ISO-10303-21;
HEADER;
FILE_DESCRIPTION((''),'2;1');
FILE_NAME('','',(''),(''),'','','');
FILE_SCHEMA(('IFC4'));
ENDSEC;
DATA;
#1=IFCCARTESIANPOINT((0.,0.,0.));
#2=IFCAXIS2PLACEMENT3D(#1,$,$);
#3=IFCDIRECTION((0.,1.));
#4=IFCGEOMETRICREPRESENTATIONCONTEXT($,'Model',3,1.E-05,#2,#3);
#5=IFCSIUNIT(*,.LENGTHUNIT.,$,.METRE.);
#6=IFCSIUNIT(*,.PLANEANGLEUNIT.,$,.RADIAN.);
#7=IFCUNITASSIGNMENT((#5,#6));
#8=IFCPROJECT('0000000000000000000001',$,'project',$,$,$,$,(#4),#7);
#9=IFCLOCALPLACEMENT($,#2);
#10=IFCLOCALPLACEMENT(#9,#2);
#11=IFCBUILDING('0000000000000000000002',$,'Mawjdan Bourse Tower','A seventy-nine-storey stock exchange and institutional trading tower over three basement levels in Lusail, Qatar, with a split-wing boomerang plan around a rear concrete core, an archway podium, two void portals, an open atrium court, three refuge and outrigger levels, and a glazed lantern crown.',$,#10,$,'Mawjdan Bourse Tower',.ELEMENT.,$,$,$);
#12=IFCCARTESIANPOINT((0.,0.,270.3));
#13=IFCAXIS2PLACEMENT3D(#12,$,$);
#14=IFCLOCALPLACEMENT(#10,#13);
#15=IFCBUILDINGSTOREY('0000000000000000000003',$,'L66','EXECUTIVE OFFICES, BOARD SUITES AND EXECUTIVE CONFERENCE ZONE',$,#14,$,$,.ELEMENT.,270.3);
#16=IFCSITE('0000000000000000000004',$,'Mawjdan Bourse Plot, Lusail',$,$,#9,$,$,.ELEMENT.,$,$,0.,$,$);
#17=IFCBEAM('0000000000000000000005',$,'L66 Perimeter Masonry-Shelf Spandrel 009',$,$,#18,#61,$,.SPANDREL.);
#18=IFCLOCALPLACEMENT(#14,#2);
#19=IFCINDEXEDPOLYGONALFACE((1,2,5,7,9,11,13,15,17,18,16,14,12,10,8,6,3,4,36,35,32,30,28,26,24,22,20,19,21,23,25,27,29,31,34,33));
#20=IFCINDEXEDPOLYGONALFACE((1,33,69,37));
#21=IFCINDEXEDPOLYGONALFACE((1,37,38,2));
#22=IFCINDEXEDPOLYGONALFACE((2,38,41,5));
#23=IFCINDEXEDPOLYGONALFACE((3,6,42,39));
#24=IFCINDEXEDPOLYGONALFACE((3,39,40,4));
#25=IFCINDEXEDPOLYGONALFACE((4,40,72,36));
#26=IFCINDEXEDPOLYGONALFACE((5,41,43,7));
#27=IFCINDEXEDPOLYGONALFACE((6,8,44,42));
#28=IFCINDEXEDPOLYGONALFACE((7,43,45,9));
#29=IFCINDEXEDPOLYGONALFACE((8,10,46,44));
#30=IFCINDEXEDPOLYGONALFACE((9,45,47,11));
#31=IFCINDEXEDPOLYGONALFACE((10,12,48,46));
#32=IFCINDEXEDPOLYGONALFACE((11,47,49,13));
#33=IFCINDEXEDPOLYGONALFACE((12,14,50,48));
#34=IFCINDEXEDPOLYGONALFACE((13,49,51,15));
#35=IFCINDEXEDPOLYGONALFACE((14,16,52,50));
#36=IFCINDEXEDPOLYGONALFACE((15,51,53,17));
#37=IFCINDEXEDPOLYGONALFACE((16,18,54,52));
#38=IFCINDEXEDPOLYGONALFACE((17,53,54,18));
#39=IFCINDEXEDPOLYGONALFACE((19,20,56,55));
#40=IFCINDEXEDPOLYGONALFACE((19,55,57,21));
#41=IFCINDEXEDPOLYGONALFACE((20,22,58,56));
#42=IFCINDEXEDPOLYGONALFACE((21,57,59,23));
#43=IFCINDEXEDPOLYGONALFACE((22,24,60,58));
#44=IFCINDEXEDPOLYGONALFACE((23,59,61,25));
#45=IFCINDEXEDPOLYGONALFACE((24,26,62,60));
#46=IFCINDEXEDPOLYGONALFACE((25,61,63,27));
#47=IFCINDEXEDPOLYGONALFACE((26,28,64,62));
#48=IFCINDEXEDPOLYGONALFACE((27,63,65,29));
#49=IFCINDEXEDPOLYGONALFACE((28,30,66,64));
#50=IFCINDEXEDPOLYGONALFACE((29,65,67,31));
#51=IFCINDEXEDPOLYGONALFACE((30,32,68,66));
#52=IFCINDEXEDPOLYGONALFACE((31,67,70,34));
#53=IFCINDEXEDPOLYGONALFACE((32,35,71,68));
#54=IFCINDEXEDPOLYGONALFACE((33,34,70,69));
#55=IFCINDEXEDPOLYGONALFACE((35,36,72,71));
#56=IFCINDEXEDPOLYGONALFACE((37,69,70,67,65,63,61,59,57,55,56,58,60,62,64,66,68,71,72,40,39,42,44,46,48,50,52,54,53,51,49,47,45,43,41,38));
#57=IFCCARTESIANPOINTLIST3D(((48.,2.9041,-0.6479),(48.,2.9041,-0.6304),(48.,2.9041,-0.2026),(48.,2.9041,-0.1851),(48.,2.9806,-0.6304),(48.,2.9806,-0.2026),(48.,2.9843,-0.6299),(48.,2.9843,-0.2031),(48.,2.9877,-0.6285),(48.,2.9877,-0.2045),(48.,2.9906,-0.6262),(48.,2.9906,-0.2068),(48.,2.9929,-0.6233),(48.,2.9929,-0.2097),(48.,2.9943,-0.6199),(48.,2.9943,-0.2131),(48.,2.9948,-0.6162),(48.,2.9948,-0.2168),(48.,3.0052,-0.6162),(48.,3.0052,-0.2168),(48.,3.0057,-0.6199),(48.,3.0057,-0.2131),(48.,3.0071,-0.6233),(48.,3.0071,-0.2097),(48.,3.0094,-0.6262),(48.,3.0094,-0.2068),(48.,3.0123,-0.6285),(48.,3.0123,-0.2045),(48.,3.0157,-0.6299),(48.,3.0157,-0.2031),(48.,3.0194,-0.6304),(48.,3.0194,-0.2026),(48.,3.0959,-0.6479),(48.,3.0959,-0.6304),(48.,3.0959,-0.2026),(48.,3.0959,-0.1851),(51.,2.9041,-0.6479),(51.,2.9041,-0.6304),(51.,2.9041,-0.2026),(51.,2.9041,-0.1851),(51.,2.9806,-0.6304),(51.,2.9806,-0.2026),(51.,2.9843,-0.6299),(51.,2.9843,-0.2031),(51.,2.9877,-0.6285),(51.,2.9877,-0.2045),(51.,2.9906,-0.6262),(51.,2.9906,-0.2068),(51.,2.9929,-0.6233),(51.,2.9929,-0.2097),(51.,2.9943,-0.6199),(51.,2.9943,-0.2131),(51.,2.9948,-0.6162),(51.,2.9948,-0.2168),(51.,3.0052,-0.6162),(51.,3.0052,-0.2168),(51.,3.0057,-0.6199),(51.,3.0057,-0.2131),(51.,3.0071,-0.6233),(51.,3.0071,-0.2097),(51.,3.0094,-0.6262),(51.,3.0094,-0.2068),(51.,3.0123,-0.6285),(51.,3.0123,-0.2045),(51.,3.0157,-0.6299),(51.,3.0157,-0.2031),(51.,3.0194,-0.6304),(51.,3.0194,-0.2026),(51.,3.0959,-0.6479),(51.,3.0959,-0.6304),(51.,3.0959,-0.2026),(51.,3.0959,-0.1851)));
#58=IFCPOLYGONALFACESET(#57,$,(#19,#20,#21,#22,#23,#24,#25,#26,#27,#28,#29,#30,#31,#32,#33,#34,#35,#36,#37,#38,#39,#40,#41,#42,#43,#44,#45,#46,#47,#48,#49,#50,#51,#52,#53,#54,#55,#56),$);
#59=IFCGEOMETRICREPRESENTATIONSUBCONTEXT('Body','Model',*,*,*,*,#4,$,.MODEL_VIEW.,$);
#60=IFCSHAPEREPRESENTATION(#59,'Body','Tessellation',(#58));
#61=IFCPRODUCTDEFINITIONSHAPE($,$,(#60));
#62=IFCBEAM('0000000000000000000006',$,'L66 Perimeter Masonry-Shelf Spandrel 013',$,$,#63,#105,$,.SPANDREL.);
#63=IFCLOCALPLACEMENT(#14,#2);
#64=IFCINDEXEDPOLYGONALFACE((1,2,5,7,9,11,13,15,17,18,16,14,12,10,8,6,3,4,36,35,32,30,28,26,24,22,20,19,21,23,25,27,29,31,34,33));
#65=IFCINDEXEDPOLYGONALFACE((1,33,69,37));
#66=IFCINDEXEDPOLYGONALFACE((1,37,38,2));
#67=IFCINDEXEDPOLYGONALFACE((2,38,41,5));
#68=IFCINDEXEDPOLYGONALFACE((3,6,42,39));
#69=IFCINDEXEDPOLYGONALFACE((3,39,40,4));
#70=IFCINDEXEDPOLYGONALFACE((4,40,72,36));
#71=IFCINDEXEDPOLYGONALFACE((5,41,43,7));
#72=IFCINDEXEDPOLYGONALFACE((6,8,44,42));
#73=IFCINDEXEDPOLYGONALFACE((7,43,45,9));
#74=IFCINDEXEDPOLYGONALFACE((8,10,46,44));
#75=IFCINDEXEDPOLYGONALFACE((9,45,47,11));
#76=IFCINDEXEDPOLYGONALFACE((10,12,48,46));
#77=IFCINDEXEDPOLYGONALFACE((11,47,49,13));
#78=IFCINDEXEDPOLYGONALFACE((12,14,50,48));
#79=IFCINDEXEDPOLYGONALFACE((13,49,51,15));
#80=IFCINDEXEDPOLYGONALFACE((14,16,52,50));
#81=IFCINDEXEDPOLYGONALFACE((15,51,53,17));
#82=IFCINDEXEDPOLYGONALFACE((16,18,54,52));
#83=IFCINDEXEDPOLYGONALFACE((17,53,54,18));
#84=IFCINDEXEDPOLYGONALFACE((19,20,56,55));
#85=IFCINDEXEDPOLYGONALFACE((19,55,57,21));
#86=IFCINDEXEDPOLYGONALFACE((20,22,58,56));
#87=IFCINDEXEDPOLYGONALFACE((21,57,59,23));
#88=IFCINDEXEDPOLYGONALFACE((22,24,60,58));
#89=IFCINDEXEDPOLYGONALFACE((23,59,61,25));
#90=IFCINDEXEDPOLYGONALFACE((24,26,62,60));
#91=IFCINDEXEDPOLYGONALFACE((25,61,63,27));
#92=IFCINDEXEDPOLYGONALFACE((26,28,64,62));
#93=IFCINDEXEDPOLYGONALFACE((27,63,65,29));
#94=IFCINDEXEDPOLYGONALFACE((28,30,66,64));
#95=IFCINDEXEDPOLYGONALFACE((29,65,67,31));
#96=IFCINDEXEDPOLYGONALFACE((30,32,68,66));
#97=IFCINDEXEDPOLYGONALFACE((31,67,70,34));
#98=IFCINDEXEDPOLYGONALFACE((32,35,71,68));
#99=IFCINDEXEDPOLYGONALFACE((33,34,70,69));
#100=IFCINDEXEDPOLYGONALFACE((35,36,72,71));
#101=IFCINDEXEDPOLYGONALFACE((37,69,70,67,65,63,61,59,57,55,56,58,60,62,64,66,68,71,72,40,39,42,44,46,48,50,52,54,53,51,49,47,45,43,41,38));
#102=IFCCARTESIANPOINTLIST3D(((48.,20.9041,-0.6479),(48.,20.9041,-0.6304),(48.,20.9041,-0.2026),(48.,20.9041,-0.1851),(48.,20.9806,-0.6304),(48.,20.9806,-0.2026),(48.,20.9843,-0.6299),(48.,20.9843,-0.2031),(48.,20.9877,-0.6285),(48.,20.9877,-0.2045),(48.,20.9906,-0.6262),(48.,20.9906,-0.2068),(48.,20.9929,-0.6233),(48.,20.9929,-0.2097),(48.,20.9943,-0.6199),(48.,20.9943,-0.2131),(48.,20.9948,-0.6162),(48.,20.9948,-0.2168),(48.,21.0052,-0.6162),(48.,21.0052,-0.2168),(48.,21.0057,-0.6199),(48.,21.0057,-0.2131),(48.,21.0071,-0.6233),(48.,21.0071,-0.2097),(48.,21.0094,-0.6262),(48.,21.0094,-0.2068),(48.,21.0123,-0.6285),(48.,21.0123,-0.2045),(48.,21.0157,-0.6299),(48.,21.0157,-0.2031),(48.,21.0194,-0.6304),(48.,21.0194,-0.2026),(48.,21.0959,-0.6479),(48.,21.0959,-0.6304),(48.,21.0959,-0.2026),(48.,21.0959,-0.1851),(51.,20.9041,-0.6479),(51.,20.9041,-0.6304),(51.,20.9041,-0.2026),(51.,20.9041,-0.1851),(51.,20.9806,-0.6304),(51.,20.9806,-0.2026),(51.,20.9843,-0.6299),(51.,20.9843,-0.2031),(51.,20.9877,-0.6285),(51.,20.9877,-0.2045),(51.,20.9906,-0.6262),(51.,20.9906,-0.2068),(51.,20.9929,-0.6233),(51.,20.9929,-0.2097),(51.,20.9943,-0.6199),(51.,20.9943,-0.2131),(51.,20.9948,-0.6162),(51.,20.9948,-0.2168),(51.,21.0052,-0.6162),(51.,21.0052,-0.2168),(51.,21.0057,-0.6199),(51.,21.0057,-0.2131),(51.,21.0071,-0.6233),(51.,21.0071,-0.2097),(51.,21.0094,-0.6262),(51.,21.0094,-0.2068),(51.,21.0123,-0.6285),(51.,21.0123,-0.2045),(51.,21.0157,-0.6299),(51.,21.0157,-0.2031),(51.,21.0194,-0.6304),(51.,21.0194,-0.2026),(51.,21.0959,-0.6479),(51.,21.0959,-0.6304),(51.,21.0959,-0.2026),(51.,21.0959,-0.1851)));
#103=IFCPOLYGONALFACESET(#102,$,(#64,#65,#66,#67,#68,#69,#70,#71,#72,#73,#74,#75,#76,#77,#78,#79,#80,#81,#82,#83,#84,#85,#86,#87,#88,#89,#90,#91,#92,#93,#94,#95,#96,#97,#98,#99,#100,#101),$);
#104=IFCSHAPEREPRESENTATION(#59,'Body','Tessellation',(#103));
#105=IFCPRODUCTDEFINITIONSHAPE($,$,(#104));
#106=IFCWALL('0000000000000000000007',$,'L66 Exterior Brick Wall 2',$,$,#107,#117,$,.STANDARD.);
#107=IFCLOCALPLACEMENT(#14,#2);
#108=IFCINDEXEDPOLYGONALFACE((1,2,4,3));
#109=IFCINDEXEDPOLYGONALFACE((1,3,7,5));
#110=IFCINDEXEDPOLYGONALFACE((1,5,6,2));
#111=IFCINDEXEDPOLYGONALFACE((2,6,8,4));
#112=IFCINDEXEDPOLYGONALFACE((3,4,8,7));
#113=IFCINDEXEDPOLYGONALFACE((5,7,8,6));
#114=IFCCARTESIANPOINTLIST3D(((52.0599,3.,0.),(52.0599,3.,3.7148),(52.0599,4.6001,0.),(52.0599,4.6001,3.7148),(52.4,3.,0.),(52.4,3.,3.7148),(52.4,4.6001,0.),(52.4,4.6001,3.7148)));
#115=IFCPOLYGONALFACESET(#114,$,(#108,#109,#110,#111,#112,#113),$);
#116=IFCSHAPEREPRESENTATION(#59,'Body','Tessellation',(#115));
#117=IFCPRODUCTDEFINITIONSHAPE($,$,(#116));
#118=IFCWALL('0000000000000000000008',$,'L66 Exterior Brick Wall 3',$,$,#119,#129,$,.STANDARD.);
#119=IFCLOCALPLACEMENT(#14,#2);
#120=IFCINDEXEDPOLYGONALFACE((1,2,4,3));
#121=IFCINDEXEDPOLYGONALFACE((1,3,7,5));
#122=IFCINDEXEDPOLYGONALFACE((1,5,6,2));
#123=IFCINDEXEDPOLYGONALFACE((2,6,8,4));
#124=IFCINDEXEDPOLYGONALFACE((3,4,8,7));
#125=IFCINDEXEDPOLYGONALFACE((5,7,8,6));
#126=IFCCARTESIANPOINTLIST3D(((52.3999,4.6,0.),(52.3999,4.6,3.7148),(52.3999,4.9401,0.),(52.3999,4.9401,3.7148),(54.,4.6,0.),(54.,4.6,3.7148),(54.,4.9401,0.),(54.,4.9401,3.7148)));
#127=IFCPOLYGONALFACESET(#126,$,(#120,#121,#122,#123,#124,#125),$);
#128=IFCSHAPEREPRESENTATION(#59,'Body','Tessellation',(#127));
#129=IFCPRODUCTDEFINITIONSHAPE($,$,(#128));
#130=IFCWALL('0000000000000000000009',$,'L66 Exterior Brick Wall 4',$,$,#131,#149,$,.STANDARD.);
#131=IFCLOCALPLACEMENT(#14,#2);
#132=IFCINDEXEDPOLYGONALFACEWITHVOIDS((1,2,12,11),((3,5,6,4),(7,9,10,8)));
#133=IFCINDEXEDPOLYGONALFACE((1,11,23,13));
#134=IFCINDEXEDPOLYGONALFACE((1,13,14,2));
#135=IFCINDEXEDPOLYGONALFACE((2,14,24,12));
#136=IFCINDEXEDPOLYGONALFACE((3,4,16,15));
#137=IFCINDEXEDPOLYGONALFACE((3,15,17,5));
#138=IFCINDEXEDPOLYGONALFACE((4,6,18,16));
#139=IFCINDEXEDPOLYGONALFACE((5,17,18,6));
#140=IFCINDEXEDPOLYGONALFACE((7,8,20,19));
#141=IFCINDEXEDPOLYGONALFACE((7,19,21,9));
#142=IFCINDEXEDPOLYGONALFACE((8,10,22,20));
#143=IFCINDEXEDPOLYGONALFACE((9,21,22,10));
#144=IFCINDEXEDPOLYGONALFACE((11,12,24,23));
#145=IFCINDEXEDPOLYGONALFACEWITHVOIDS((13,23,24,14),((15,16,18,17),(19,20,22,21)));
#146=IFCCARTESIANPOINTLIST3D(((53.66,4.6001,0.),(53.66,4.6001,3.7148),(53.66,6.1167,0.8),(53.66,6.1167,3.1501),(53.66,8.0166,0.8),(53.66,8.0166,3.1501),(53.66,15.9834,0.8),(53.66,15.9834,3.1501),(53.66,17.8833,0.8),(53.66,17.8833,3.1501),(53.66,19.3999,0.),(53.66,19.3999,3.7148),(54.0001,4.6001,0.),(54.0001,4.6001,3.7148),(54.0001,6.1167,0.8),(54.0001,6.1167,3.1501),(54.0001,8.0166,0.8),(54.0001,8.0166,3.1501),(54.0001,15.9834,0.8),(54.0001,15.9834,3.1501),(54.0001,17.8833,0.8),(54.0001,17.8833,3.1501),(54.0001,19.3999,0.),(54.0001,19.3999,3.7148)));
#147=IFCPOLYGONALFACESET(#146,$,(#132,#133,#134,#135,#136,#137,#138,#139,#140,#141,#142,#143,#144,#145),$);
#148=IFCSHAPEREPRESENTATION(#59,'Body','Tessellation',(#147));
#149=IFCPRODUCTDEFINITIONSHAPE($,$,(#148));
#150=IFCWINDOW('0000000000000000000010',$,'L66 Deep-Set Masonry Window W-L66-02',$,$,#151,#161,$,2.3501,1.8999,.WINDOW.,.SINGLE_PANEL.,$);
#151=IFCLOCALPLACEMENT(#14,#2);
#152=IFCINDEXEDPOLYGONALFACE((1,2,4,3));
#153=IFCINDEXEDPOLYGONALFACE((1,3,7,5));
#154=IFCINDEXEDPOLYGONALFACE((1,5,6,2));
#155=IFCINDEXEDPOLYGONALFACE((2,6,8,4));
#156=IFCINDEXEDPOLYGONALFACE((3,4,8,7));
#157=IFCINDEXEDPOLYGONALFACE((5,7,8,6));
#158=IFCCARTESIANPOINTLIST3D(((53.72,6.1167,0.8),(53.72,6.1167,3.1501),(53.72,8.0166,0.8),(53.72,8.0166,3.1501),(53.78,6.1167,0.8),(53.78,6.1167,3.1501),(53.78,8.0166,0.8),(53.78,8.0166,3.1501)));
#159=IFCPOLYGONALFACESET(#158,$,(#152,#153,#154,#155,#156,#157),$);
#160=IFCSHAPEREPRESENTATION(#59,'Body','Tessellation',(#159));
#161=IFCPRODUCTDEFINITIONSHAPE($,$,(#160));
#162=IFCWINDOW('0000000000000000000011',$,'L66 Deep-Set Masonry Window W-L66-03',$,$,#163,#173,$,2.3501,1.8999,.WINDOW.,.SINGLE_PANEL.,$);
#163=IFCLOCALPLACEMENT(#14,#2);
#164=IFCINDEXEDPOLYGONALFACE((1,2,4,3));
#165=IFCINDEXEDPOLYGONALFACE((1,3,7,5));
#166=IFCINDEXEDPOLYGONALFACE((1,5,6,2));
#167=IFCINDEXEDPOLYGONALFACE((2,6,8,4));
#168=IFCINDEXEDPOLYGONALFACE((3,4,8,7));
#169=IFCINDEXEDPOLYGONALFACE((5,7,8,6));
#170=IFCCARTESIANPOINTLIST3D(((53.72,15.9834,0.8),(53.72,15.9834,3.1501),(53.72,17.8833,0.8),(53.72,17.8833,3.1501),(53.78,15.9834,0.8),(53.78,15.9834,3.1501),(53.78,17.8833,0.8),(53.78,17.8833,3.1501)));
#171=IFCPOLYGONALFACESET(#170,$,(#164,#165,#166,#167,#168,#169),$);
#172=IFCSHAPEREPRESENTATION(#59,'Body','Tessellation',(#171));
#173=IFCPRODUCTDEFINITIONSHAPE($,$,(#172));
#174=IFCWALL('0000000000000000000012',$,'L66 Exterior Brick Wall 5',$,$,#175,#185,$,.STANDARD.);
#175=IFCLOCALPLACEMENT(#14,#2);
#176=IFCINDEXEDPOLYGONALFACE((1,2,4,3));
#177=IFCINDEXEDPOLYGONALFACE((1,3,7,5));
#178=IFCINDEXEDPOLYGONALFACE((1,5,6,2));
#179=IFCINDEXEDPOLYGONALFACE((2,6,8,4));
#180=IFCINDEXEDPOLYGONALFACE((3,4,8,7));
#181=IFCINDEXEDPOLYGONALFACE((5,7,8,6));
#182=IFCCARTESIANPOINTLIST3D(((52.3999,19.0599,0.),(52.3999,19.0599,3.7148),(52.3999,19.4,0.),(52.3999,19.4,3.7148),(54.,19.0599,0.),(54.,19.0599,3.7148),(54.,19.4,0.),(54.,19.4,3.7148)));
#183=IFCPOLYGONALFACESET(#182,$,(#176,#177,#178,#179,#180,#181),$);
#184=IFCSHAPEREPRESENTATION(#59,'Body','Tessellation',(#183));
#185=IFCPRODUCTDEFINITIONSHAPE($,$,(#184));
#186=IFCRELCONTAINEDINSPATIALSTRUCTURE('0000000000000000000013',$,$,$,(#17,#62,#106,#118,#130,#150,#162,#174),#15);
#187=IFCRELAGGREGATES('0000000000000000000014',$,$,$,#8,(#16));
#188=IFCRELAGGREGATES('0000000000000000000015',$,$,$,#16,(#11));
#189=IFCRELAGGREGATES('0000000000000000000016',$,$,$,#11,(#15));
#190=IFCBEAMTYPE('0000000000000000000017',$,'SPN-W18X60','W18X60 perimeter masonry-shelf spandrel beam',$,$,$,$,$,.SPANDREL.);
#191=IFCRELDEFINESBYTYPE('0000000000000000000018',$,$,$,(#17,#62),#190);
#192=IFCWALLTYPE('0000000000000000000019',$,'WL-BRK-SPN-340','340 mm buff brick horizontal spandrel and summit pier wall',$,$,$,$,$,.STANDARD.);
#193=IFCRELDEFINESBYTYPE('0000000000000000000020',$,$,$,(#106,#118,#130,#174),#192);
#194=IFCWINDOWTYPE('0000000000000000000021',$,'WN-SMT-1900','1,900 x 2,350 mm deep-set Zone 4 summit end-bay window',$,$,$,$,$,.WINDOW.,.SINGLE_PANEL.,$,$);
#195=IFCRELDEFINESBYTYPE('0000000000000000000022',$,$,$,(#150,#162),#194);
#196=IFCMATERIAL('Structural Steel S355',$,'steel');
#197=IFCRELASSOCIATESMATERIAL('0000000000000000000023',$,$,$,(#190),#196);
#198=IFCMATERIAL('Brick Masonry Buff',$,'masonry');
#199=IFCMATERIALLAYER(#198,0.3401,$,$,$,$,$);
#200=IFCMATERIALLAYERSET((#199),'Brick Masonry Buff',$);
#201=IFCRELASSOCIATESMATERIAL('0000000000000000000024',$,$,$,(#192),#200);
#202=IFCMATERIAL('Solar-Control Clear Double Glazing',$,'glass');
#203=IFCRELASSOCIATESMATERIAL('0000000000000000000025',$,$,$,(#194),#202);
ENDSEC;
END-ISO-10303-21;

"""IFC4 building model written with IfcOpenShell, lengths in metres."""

from ifc_helpers import new_model, si_unit, direction, frame, frame_2d, origin, origin_2d, place, context, subcontext, project, spatial, rectangle, i_section, extrude, material, layer, layer_set, material_profile, profile_set, type_object, element, fill, save


model = new_model("IFC4")

# Units and contexts
model_context = context("Model", 3, precision=1e-05, world=origin(), true_north=direction((0.0, 1.0)))
body_context = subcontext(model_context, "Body", "Model", "MODEL_VIEW")
ifc_project = project(units=[si_unit("LENGTHUNIT", "METRE"), si_unit("PLANEANGLEUNIT", "RADIAN")], contexts=[model_context])

# Site, building, storey
site_placement = place(None, origin())
site = spatial("IfcSite", under=ifc_project, at=site_placement, Name="Mawjdan Bourse Plot, Lusail", CompositionType="ELEMENT", RefElevation=0.0)
building_placement = place(site_placement, origin())
building = spatial("IfcBuilding", under=site, at=building_placement, Name="Mawjdan Bourse Tower", Description="A seventy-nine-storey stock exchange and institutional trading tower over three basement levels in Lusail, Qatar, with a split-wing boomerang plan around a rear concrete core, an archway podium, two void portals, an open atrium court, three refuge and outrigger levels, and a glazed lantern crown.", LongName="Mawjdan Bourse Tower", CompositionType="ELEMENT")
storey_placement = place(building_placement, frame((0.0, 0.0, 270.3)))
storey = spatial("IfcBuildingStorey", under=building, at=storey_placement, Name="L66", Description="EXECUTIVE OFFICES, BOARD SUITES AND EXECUTIVE CONFERENCE ZONE", CompositionType="ELEMENT", Elevation=270.3)

# Beams
ifc_material_1 = material(Name="Structural Steel S355", Category="steel")
ifc_material_profile_1 = material_profile(ifc_material_1, i_section(OverallWidth=0.1919, OverallDepth=0.4629, WebThickness=0.0105, FlangeThickness=0.0176, FilletRadius=0.0142, at=origin_2d()), Name="W18X60")
ifc_profile_set_1 = profile_set([ifc_material_profile_1], Name="Structural Steel S355")
beam_type_1 = type_object("IfcBeamType", Name="SPN-W18X60", Description="W18X60 perimeter masonry-shelf spandrel beam", PredefinedType="SPANDREL", material=ifc_profile_set_1)
for number, where, z_axis, x_axis, name in (
    (1, (48.0, 3.0, -0.4165), (1.0, 0.0, 0.0), (0.0, 1.0, 0.0), "L66 Perimeter Masonry-Shelf Spandrel 009"),
    (2, (48.0, 21.0, -0.4165), (1.0, 0.0, 0.0), (0.0, 1.0, 0.0), "L66 Perimeter Masonry-Shelf Spandrel 013"),
):
    element("IfcBeam", number, at=place(storey_placement, frame(where, z_axis=z_axis, x_axis=x_axis)), inside=storey, type_object=beam_type_1, Name=name, PredefinedType="SPANDREL", context=body_context, shape_type="SweptSolid", body=[
        extrude(i_section(OverallWidth=0.1919, OverallDepth=0.4629, WebThickness=0.0105, FlangeThickness=0.0176, FilletRadius=0.0142, at=origin_2d()), origin(), (0.0, 0.0, 1.0), 3.0),
    ])

# Walls
ifc_material_2 = material(Name="Brick Masonry Buff", Category="masonry")
ifc_layer_1 = layer(ifc_material_2, 0.3401)
ifc_layer_set_1 = layer_set([ifc_layer_1], Name="Brick Masonry Buff")
wall_type = type_object("IfcWallType", Name="WL-BRK-SPN-340", Description="340 mm buff brick horizontal spandrel and summit pier wall", PredefinedType="STANDARD", material=ifc_layer_set_1)
for number, where, z_axis, x_axis, name in (
    (3, (52.23, 3.0, 0.0), (0.0, 0.0, 1.0), (0.0, 1.0, 0.0), "L66 Exterior Brick Wall 2"),
    (4, (52.3999, 4.77, 0.0), (0.0, 0.0, 1.0), (1.0, 0.0, 0.0), "L66 Exterior Brick Wall 3"),
):
    element("IfcWall", number, at=place(storey_placement, frame(where, z_axis=z_axis, x_axis=x_axis)), inside=storey, type_object=wall_type, Name=name, PredefinedType="STANDARD", context=body_context, shape_type="SweptSolid", body=[
        extrude(rectangle(XDim=1.6001, YDim=0.3401, at=frame_2d((0.8, 0.0))), origin(), (0.0, 0.0, 1.0), 3.7148),
    ])

# Wall, openings, windows
wall_1_placement = place(storey_placement, frame((53.8301, 4.6001, 0.0), z_axis=(0.0, 0.0, 1.0), x_axis=(0.0, 1.0, 0.0)))
wall_1 = element("IfcWall", 5, at=wall_1_placement, inside=storey, type_object=wall_type, Name="L66 Exterior Brick Wall 4", PredefinedType="STANDARD", context=body_context, shape_type="SweptSolid", body=[
    extrude(rectangle(XDim=14.7998, YDim=0.3401, at=frame_2d((7.3999, 0.0))), origin(), (0.0, 0.0, 1.0), 3.7148),
])
opening_1_placement = place(wall_1_placement, frame((1.5166, 0.0, 0.8)))
opening_1 = element("IfcOpeningElement", 6, at=opening_1_placement, cuts=wall_1, PredefinedType="OPENING", context=body_context, shape_type="SweptSolid", body=[
    extrude(rectangle(XDim=1.8999, YDim=2.3501, at=frame_2d((0.95, 1.175))), frame((0.0, 0.1802, 0.0), z_axis=(0.0, -1.0, 0.0), x_axis=(1.0, 0.0, 0.0)), (0.0, 0.0, 1.0), 0.3601),
])
opening_2_placement = place(wall_1_placement, frame((11.3833, 0.0, 0.8)))
opening_2 = element("IfcOpeningElement", 7, at=opening_2_placement, cuts=wall_1, PredefinedType="OPENING", context=body_context, shape_type="SweptSolid", body=[
    extrude(rectangle(XDim=1.8999, YDim=2.3501, at=frame_2d((0.95, 1.175))), frame((0.0, 0.1802, 0.0), z_axis=(0.0, -1.0, 0.0), x_axis=(1.0, 0.0, 0.0)), (0.0, 0.0, 1.0), 0.3601),
])
ifc_material_3 = material(Name="Solar-Control Clear Double Glazing", Category="glass")
window_type_1 = type_object("IfcWindowType", Name="WN-SMT-1900", Description="1,900 x 2,350 mm deep-set Zone 4 summit end-bay window", PartitioningType="SINGLE_PANEL", PredefinedType="WINDOW", material=ifc_material_3)
window_1_placement = place(opening_1_placement, origin())
window_1 = element("IfcWindow", 8, at=window_1_placement, inside=storey, type_object=window_type_1, Name="L66 Deep-Set Masonry Window W-L66-02", OverallHeight=2.3501, OverallWidth=1.8999, PartitioningType="SINGLE_PANEL", PredefinedType="WINDOW", context=body_context, shape_type="SweptSolid", body=[
    extrude(rectangle(XDim=1.8999, YDim=2.3501, at=frame_2d((0.95, 1.175))), frame((0.0, 0.1101, 0.0), z_axis=(0.0, -1.0, 0.0), x_axis=(1.0, 0.0, 0.0)), (0.0, 0.0, 1.0), 0.0601),
])
fill(opening_1, window_1)
window_2_placement = place(opening_2_placement, origin())
window_2 = element("IfcWindow", 9, at=window_2_placement, inside=storey, type_object=window_type_1, Name="L66 Deep-Set Masonry Window W-L66-03", OverallHeight=2.3501, OverallWidth=1.8999, PartitioningType="SINGLE_PANEL", PredefinedType="WINDOW", context=body_context, shape_type="SweptSolid", body=[
    extrude(rectangle(XDim=1.8999, YDim=2.3501, at=frame_2d((0.95, 1.175))), frame((0.0, 0.1101, 0.0), z_axis=(0.0, -1.0, 0.0), x_axis=(1.0, 0.0, 0.0)), (0.0, 0.0, 1.0), 0.0601),
])
fill(opening_2, window_2)

# Wall
for number, where, z_axis, x_axis, name in (
    (10, (54.0, 19.23, 0.0), (0.0, 0.0, 1.0), (-1.0, 0.0, 0.0), "L66 Exterior Brick Wall 5"),
):
    element("IfcWall", number, at=place(storey_placement, frame(where, z_axis=z_axis, x_axis=x_axis)), inside=storey, type_object=wall_type, Name=name, PredefinedType="STANDARD", context=body_context, shape_type="SweptSolid", body=[
        extrude(rectangle(XDim=1.6001, YDim=0.3401, at=frame_2d((0.8, 0.0))), origin(), (0.0, 0.0, 1.0), 3.7148),
    ])

save(model, "model.ifc")
